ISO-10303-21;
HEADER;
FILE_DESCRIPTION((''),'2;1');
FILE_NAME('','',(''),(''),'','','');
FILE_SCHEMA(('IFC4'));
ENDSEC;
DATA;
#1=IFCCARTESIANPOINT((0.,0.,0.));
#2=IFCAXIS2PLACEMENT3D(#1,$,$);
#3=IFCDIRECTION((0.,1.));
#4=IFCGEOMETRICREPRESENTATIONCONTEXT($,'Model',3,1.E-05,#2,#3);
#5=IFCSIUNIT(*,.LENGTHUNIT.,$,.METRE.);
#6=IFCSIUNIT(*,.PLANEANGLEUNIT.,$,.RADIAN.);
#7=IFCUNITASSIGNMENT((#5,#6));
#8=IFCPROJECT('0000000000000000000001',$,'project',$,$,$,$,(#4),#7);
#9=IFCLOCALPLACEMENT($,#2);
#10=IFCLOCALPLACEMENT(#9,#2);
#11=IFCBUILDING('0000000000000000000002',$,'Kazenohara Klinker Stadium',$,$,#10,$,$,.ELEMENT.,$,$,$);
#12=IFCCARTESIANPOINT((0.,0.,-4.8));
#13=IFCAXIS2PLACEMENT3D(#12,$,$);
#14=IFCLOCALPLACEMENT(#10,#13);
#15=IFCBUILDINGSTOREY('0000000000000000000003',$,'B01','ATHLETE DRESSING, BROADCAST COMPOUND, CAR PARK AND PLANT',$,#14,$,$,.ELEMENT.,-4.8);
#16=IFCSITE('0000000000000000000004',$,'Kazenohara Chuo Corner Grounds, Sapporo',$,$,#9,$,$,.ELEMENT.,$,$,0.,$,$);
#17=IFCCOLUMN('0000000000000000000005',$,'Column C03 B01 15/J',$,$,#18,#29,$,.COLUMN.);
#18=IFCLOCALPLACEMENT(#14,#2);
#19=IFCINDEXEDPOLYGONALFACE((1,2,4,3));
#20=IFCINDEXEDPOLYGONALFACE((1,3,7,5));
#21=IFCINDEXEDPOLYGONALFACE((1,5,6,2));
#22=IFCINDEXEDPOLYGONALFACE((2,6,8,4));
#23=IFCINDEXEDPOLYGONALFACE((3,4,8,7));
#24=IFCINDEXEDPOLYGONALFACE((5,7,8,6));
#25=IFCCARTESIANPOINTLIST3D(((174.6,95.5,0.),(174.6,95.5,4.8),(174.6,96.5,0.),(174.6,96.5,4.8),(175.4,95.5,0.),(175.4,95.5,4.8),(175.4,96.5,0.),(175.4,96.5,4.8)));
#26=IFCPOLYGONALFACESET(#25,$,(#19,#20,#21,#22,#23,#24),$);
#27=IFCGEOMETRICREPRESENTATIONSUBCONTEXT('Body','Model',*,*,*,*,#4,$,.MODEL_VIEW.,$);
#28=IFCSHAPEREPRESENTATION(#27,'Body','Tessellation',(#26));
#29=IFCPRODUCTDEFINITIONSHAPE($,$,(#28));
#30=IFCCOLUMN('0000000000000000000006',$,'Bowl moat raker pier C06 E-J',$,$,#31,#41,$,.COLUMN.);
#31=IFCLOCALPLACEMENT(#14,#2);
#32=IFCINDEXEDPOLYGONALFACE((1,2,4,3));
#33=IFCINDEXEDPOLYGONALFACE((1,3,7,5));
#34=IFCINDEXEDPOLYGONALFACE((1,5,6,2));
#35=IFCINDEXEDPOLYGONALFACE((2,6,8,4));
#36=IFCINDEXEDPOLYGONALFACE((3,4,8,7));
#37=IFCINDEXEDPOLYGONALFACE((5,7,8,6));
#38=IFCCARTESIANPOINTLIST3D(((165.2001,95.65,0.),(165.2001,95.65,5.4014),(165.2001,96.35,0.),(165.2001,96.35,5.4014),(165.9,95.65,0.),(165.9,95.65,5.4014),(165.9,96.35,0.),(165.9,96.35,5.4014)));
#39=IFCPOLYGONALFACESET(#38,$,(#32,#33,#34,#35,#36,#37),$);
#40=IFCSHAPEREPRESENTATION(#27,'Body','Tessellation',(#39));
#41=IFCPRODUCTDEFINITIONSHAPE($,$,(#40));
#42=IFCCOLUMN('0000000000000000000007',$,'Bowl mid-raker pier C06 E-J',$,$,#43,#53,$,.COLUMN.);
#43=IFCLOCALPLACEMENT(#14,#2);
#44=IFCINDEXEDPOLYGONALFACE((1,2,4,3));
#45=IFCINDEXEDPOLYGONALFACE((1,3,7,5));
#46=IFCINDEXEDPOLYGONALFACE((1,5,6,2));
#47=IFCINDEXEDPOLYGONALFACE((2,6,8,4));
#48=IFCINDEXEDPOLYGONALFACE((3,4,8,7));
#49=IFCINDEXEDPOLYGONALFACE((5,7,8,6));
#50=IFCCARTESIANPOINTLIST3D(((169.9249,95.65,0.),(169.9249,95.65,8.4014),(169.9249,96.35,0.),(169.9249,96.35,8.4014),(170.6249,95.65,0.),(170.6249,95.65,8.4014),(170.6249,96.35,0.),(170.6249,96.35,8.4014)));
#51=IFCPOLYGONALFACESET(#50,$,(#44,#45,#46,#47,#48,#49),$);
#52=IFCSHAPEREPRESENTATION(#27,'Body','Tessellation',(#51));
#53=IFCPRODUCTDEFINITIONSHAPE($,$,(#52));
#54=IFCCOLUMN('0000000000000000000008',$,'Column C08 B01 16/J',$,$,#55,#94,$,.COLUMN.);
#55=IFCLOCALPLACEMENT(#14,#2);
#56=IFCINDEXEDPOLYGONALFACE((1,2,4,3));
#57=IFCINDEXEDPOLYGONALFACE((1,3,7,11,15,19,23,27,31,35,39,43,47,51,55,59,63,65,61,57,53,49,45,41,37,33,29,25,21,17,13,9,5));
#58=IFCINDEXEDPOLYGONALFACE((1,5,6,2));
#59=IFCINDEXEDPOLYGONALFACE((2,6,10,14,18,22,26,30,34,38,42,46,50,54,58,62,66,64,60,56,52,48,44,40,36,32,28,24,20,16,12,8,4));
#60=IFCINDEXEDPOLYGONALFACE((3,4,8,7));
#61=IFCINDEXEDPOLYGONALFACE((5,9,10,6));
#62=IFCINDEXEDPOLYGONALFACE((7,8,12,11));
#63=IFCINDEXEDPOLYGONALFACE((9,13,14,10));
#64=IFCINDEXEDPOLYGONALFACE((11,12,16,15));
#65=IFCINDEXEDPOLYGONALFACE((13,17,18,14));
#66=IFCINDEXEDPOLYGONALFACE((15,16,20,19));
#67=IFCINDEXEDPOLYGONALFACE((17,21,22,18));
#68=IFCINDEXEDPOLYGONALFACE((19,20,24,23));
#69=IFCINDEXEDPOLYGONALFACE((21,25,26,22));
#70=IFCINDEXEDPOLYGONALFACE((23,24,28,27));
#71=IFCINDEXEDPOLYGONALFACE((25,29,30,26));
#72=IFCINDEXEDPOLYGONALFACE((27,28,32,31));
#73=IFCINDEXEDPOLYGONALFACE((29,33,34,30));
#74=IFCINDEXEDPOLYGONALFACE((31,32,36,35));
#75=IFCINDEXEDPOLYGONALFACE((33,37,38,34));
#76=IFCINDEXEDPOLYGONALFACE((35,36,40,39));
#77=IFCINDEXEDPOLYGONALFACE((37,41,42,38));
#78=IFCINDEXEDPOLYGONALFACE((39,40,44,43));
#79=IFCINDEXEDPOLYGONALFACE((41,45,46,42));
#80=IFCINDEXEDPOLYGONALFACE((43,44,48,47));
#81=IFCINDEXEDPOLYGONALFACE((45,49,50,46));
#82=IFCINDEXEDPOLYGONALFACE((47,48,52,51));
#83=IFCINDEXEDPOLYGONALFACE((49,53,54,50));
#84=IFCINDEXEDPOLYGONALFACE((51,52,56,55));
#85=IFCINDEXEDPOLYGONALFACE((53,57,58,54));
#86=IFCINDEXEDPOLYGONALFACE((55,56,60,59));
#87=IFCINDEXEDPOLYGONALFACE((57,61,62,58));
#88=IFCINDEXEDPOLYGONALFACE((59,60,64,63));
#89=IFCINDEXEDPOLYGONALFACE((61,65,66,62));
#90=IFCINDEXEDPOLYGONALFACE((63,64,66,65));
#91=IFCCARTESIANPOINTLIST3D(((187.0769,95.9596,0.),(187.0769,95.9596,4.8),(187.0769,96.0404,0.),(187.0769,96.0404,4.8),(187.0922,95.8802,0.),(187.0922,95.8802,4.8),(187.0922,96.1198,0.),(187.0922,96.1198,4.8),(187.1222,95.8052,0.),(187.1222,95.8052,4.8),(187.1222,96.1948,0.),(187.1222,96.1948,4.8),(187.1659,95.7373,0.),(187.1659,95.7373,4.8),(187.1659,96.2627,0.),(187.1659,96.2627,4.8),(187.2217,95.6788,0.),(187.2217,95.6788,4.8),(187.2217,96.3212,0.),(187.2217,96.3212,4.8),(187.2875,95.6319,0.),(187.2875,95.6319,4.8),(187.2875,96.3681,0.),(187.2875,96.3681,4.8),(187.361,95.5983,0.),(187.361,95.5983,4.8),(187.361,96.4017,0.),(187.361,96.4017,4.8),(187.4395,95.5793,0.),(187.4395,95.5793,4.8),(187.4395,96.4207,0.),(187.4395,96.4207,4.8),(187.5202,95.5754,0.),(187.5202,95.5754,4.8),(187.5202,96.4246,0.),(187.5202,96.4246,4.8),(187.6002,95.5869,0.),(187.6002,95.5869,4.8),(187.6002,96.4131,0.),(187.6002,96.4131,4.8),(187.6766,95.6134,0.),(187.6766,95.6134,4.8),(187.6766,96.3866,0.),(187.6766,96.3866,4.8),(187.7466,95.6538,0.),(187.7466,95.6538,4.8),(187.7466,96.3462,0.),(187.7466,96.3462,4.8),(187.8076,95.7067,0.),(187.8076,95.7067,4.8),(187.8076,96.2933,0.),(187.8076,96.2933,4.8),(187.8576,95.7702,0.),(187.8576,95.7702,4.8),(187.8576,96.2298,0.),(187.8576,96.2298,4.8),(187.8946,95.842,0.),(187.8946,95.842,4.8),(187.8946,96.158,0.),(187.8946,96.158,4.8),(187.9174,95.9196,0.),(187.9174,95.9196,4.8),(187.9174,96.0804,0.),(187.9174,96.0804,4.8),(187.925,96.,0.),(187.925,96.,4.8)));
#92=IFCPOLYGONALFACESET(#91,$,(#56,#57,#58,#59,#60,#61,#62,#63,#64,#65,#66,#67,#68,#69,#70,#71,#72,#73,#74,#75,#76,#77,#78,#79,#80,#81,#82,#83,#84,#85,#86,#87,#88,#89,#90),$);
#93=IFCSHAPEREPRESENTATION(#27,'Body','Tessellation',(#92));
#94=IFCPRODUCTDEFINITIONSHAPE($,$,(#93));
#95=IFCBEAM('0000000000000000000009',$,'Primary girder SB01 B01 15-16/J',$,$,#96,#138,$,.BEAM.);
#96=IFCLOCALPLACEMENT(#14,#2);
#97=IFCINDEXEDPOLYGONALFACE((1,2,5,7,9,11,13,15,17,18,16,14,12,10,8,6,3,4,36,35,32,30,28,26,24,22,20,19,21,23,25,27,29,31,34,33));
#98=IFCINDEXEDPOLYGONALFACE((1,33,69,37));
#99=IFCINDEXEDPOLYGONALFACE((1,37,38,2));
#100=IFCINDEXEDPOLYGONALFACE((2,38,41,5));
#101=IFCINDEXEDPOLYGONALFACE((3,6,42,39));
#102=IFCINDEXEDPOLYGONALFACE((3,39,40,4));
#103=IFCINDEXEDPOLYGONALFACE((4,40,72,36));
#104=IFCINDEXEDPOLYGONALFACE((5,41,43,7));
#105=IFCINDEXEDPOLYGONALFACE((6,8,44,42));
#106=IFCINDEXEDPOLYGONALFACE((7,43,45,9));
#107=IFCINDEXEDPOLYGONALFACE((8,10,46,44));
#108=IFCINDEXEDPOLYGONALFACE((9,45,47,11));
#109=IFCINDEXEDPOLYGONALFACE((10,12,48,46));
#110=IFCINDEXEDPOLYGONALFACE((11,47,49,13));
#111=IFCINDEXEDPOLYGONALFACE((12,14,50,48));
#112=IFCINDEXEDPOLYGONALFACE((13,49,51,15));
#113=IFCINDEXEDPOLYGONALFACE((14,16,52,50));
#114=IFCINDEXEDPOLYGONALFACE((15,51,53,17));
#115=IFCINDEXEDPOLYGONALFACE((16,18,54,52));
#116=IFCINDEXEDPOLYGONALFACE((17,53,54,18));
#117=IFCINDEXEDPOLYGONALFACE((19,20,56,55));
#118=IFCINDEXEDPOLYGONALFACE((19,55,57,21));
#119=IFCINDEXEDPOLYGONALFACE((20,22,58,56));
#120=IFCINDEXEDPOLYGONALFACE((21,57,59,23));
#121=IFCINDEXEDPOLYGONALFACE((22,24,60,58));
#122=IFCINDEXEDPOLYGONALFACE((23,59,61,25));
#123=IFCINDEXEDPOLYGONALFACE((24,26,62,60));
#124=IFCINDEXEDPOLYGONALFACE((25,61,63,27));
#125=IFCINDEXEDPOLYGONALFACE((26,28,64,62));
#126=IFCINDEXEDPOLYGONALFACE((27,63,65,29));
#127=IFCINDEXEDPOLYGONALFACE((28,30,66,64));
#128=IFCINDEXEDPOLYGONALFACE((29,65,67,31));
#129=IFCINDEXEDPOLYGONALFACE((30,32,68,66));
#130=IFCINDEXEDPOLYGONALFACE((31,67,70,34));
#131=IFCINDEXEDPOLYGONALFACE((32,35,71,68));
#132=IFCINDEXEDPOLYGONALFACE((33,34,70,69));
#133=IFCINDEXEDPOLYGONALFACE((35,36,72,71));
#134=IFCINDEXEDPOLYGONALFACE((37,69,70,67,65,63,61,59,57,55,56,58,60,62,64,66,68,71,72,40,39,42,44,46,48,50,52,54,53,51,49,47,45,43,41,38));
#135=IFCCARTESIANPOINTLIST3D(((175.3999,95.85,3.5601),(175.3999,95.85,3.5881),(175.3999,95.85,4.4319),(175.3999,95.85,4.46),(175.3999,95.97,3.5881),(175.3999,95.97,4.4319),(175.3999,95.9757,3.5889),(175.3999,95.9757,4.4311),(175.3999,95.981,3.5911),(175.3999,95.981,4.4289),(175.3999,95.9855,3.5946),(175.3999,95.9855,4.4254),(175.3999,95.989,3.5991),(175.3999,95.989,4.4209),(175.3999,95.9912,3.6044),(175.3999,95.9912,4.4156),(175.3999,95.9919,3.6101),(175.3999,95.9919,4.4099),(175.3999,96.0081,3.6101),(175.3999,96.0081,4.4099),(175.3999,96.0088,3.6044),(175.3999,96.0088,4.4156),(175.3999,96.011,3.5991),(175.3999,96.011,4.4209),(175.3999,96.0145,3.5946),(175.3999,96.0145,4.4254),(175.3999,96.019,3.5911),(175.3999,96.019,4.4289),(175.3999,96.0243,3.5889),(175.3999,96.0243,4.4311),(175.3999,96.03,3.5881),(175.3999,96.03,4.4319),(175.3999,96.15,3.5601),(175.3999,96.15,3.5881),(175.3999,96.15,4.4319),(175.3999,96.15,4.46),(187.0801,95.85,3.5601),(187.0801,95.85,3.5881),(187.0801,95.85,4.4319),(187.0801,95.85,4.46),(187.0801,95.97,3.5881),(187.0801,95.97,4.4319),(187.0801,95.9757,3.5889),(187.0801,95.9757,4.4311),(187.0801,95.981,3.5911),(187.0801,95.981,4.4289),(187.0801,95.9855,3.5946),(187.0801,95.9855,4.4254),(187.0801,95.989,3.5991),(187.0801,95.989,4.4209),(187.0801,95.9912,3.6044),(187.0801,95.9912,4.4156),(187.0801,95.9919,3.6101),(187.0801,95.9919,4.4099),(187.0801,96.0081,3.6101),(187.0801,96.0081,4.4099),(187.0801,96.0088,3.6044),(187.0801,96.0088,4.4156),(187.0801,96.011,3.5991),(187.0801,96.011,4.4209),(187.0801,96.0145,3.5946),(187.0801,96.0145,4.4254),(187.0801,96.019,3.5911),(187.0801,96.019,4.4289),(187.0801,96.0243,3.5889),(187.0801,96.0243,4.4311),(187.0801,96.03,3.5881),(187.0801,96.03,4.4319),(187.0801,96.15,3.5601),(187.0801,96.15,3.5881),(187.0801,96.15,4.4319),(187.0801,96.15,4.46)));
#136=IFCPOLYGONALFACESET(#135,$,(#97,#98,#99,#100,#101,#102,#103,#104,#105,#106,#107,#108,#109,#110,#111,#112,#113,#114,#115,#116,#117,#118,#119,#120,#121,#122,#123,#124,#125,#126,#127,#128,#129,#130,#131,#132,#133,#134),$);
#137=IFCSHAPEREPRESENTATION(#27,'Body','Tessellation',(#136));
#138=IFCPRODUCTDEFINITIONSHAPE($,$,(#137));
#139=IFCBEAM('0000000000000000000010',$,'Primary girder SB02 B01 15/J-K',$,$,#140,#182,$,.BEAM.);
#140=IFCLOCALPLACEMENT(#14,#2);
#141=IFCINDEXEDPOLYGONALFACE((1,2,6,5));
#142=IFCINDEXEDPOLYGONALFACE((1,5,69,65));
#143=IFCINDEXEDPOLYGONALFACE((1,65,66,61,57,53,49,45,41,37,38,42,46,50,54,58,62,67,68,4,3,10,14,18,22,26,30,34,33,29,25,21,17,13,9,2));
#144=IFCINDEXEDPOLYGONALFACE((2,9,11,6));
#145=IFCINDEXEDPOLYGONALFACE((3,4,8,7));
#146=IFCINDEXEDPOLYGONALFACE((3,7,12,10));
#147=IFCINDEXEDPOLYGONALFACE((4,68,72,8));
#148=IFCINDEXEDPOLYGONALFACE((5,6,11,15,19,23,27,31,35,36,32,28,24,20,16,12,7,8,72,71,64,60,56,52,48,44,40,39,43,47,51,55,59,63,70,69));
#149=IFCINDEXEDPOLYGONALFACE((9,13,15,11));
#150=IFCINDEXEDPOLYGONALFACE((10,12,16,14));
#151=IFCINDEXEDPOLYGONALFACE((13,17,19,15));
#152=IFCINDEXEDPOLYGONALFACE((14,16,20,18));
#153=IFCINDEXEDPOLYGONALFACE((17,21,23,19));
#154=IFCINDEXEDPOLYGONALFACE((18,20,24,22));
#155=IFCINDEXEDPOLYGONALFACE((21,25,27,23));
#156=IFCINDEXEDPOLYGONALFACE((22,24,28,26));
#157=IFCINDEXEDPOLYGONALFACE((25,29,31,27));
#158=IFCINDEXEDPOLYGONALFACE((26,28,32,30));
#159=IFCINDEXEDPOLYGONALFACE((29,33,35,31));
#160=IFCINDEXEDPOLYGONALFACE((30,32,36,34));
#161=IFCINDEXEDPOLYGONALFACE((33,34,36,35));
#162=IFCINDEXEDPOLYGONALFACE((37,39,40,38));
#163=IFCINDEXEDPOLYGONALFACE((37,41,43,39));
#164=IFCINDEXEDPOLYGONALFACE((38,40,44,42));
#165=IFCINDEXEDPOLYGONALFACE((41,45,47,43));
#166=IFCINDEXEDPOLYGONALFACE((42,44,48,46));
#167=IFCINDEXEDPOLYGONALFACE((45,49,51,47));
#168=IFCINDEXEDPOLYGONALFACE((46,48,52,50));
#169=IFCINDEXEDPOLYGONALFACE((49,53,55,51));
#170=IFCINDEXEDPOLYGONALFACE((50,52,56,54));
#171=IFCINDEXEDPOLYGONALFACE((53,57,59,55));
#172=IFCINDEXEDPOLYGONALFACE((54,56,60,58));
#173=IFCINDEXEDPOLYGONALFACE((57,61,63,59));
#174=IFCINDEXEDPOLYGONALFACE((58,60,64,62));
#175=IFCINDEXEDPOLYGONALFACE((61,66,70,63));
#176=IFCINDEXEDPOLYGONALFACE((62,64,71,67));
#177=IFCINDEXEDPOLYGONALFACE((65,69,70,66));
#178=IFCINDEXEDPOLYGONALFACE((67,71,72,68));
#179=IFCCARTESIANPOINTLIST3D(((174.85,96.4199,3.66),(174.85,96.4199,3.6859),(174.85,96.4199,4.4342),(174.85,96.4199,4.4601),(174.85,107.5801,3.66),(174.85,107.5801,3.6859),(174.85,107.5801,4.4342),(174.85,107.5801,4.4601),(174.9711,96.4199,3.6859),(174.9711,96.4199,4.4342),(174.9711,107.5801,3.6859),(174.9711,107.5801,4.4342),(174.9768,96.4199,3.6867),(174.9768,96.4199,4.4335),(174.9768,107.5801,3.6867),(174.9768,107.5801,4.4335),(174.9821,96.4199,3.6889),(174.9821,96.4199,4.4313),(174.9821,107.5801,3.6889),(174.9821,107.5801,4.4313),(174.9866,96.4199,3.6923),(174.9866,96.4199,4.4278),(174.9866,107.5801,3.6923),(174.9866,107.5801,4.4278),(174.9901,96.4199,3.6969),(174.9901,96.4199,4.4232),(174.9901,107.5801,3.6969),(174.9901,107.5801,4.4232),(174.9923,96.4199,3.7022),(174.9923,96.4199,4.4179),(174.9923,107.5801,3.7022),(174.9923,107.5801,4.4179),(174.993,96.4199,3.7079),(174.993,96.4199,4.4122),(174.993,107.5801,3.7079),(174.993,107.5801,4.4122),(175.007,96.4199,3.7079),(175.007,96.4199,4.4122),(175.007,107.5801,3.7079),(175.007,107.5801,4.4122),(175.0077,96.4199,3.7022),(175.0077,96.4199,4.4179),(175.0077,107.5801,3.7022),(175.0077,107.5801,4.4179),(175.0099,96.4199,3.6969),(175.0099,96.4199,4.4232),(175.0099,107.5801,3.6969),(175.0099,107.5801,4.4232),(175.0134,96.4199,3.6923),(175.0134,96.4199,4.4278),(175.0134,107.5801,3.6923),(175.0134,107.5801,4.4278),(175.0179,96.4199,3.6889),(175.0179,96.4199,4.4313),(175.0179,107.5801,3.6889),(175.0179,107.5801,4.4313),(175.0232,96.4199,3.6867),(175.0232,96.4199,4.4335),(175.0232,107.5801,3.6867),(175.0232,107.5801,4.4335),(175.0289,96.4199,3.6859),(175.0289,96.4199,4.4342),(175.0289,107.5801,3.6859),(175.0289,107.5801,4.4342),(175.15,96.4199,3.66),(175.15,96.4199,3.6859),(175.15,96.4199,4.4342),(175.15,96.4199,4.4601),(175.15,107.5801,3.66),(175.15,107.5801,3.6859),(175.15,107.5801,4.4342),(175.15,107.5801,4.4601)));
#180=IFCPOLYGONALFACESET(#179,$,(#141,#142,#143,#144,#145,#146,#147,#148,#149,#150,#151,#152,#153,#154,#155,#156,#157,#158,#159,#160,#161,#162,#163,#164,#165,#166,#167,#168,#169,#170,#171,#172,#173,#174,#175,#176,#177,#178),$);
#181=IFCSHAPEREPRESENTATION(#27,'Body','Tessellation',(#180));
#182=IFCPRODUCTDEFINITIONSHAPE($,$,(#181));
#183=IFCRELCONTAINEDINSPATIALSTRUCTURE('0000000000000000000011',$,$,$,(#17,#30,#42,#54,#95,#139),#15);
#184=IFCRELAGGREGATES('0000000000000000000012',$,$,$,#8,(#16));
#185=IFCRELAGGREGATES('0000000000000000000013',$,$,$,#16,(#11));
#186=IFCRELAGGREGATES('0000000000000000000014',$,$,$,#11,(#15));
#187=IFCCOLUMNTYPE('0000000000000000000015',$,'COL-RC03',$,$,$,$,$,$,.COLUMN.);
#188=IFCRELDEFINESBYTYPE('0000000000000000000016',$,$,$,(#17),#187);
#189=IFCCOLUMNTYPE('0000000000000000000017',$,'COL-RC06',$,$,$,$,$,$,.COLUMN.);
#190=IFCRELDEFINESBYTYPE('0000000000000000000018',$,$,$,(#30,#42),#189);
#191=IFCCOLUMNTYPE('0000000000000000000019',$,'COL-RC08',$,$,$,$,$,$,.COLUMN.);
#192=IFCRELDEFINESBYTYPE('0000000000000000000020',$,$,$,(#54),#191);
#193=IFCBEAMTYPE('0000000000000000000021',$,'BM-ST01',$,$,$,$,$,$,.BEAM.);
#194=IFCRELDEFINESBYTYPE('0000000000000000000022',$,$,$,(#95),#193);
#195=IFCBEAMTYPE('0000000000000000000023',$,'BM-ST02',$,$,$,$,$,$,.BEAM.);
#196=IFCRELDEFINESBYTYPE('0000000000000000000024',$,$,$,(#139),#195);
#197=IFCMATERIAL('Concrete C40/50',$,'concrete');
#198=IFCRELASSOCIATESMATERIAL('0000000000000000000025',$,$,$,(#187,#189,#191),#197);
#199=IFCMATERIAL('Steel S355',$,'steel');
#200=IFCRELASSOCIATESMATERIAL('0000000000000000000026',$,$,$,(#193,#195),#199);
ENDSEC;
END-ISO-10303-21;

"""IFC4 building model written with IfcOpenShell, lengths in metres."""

from ifc_helpers import new_model, si_unit, direction, frame, origin, origin_2d, place, context, subcontext, project, spatial, rectangle, circle, i_section, extrude, material, material_profile, profile_set, type_object, element, save


model = new_model("IFC4")

# Units and contexts
model_context = context("Model", 3, precision=1e-05, world=origin(), true_north=direction((0.0, 1.0)))
body_context = subcontext(model_context, "Body", "Model", "MODEL_VIEW")
ifc_project = project(units=[si_unit("LENGTHUNIT", "METRE"), si_unit("PLANEANGLEUNIT", "RADIAN")], contexts=[model_context])

# Site, building, storey
site_placement = place(None, origin())
site = spatial("IfcSite", under=ifc_project, at=site_placement, Name="Kazenohara Chuo Corner Grounds, Sapporo", CompositionType="ELEMENT", RefElevation=0.0)
building_placement = place(site_placement, origin())
building = spatial("IfcBuilding", under=site, at=building_placement, Name="Kazenohara Klinker Stadium", CompositionType="ELEMENT")
storey_placement = place(building_placement, frame((0.0, 0.0, -4.8)))
storey = spatial("IfcBuildingStorey", under=building, at=storey_placement, Name="B01", Description="ATHLETE DRESSING, BROADCAST COMPOUND, CAR PARK AND PLANT", CompositionType="ELEMENT", Elevation=-4.8)

# Columns
ifc_material_1 = material(Name="Concrete C40/50", Category="concrete")
ifc_material_profile_1 = material_profile(ifc_material_1, rectangle(XDim=0.8, YDim=1.0, at=origin_2d()), Name="RC-COL-1000x800")
ifc_profile_set_1 = profile_set([ifc_material_profile_1], Name="Concrete C40/50")
column_type_1 = type_object("IfcColumnType", Name="COL-RC03", PredefinedType="COLUMN", material=ifc_profile_set_1)
column_1_placement = place(storey_placement, frame((175.0, 96.0, 0.0), z_axis=(0.0, 0.0, 1.0), x_axis=(1.0, 0.0, 0.0)))
element("IfcColumn", 1, at=column_1_placement, inside=storey, type_object=column_type_1, Name="Column C03 B01 15/J", PredefinedType="COLUMN", context=body_context, shape_type="SweptSolid", body=[
    extrude(rectangle(XDim=0.8, YDim=1.0, at=origin_2d()), origin(), (0.0, 0.0, 1.0), 4.8),
])
ifc_material_profile_2 = material_profile(ifc_material_1, rectangle(XDim=0.7, YDim=0.7, at=origin_2d()), Name="RC-COL-700x700")
ifc_profile_set_2 = profile_set([ifc_material_profile_2], Name="Concrete C40/50")
column_type_2 = type_object("IfcColumnType", Name="COL-RC06", PredefinedType="COLUMN", material=ifc_profile_set_2)
column_2_placement = place(storey_placement, frame((165.55, 96.0, 0.0), z_axis=(0.0, 0.0, 1.0), x_axis=(1.0, 0.0, 0.0)))
element("IfcColumn", 2, at=column_2_placement, inside=storey, type_object=column_type_2, Name="Bowl moat raker pier C06 E-J", PredefinedType="COLUMN", context=body_context, shape_type="SweptSolid", body=[
    extrude(rectangle(XDim=0.7, YDim=0.7, at=origin_2d()), origin(), (0.0, 0.0, 1.0), 5.4014),
])
column_3_placement = place(storey_placement, frame((170.2749, 96.0, 0.0), z_axis=(0.0, 0.0, 1.0), x_axis=(1.0, 0.0, 0.0)))
element("IfcColumn", 3, at=column_3_placement, inside=storey, type_object=column_type_2, Name="Bowl mid-raker pier C06 E-J", PredefinedType="COLUMN", context=body_context, shape_type="SweptSolid", body=[
    extrude(rectangle(XDim=0.7, YDim=0.7, at=origin_2d()), origin(), (0.0, 0.0, 1.0), 8.4014),
])
ifc_material_profile_3 = material_profile(ifc_material_1, circle(Radius=0.425, at=origin_2d()), Name="RC-COL-D850")
ifc_profile_set_3 = profile_set([ifc_material_profile_3], Name="Concrete C40/50")
column_type_3 = type_object("IfcColumnType", Name="COL-RC08", PredefinedType="COLUMN", material=ifc_profile_set_3)
column_4_placement = place(storey_placement, frame((187.5, 96.0, 0.0), z_axis=(0.0, 0.0, 1.0), x_axis=(1.0, 0.0, 0.0)))
element("IfcColumn", 4, at=column_4_placement, inside=storey, type_object=column_type_3, Name="Column C08 B01 16/J", PredefinedType="COLUMN", context=body_context, shape_type="SweptSolid", body=[
    extrude(circle(Radius=0.425, at=origin_2d()), origin(), (0.0, 0.0, 1.0), 4.8),
])

# Beams
ifc_material_2 = material(Name="Steel S355", Category="steel")
ifc_material_profile_4 = material_profile(ifc_material_2, i_section(OverallWidth=0.3, OverallDepth=0.8999, WebThickness=0.0161, FlangeThickness=0.0281, FilletRadius=0.022, at=origin_2d()), Name="H-900x300x16x28")
ifc_profile_set_4 = profile_set([ifc_material_profile_4], Name="Steel S355")
beam_type_1 = type_object("IfcBeamType", Name="BM-ST01", PredefinedType="BEAM", material=ifc_profile_set_4)
beam_1_placement = place(storey_placement, frame((175.3999, 96.0, 4.01), z_axis=(1.0, 0.0, 0.0), x_axis=(0.0, 1.0, 0.0)))
element("IfcBeam", 5, at=beam_1_placement, inside=storey, type_object=beam_type_1, Name="Primary girder SB01 B01 15-16/J", PredefinedType="BEAM", context=body_context, shape_type="SweptSolid", body=[
    extrude(i_section(OverallWidth=0.3, OverallDepth=0.8999, WebThickness=0.0161, FlangeThickness=0.0281, FilletRadius=0.022, at=origin_2d()), origin(), (0.0, 0.0, 1.0), 11.6802),
])
ifc_material_profile_5 = material_profile(ifc_material_2, i_section(OverallWidth=0.3, OverallDepth=0.8, WebThickness=0.0139, FlangeThickness=0.0259, FilletRadius=0.022, at=origin_2d()), Name="H-800x300x14x26")
ifc_profile_set_5 = profile_set([ifc_material_profile_5], Name="Steel S355")
beam_type_2 = type_object("IfcBeamType", Name="BM-ST02", PredefinedType="BEAM", material=ifc_profile_set_5)
beam_2_placement = place(storey_placement, frame((175.0, 96.4199, 4.0601), z_axis=(0.0, 1.0, 0.0), x_axis=(-1.0, 0.0, 0.0)))
element("IfcBeam", 6, at=beam_2_placement, inside=storey, type_object=beam_type_2, Name="Primary girder SB02 B01 15/J-K", PredefinedType="BEAM", context=body_context, shape_type="SweptSolid", body=[
    extrude(i_section(OverallWidth=0.3, OverallDepth=0.8, WebThickness=0.0139, FlangeThickness=0.0259, FilletRadius=0.022, at=origin_2d()), origin(), (0.0, 0.0, 1.0), 11.1602),
])

save(model, "model.ifc")
